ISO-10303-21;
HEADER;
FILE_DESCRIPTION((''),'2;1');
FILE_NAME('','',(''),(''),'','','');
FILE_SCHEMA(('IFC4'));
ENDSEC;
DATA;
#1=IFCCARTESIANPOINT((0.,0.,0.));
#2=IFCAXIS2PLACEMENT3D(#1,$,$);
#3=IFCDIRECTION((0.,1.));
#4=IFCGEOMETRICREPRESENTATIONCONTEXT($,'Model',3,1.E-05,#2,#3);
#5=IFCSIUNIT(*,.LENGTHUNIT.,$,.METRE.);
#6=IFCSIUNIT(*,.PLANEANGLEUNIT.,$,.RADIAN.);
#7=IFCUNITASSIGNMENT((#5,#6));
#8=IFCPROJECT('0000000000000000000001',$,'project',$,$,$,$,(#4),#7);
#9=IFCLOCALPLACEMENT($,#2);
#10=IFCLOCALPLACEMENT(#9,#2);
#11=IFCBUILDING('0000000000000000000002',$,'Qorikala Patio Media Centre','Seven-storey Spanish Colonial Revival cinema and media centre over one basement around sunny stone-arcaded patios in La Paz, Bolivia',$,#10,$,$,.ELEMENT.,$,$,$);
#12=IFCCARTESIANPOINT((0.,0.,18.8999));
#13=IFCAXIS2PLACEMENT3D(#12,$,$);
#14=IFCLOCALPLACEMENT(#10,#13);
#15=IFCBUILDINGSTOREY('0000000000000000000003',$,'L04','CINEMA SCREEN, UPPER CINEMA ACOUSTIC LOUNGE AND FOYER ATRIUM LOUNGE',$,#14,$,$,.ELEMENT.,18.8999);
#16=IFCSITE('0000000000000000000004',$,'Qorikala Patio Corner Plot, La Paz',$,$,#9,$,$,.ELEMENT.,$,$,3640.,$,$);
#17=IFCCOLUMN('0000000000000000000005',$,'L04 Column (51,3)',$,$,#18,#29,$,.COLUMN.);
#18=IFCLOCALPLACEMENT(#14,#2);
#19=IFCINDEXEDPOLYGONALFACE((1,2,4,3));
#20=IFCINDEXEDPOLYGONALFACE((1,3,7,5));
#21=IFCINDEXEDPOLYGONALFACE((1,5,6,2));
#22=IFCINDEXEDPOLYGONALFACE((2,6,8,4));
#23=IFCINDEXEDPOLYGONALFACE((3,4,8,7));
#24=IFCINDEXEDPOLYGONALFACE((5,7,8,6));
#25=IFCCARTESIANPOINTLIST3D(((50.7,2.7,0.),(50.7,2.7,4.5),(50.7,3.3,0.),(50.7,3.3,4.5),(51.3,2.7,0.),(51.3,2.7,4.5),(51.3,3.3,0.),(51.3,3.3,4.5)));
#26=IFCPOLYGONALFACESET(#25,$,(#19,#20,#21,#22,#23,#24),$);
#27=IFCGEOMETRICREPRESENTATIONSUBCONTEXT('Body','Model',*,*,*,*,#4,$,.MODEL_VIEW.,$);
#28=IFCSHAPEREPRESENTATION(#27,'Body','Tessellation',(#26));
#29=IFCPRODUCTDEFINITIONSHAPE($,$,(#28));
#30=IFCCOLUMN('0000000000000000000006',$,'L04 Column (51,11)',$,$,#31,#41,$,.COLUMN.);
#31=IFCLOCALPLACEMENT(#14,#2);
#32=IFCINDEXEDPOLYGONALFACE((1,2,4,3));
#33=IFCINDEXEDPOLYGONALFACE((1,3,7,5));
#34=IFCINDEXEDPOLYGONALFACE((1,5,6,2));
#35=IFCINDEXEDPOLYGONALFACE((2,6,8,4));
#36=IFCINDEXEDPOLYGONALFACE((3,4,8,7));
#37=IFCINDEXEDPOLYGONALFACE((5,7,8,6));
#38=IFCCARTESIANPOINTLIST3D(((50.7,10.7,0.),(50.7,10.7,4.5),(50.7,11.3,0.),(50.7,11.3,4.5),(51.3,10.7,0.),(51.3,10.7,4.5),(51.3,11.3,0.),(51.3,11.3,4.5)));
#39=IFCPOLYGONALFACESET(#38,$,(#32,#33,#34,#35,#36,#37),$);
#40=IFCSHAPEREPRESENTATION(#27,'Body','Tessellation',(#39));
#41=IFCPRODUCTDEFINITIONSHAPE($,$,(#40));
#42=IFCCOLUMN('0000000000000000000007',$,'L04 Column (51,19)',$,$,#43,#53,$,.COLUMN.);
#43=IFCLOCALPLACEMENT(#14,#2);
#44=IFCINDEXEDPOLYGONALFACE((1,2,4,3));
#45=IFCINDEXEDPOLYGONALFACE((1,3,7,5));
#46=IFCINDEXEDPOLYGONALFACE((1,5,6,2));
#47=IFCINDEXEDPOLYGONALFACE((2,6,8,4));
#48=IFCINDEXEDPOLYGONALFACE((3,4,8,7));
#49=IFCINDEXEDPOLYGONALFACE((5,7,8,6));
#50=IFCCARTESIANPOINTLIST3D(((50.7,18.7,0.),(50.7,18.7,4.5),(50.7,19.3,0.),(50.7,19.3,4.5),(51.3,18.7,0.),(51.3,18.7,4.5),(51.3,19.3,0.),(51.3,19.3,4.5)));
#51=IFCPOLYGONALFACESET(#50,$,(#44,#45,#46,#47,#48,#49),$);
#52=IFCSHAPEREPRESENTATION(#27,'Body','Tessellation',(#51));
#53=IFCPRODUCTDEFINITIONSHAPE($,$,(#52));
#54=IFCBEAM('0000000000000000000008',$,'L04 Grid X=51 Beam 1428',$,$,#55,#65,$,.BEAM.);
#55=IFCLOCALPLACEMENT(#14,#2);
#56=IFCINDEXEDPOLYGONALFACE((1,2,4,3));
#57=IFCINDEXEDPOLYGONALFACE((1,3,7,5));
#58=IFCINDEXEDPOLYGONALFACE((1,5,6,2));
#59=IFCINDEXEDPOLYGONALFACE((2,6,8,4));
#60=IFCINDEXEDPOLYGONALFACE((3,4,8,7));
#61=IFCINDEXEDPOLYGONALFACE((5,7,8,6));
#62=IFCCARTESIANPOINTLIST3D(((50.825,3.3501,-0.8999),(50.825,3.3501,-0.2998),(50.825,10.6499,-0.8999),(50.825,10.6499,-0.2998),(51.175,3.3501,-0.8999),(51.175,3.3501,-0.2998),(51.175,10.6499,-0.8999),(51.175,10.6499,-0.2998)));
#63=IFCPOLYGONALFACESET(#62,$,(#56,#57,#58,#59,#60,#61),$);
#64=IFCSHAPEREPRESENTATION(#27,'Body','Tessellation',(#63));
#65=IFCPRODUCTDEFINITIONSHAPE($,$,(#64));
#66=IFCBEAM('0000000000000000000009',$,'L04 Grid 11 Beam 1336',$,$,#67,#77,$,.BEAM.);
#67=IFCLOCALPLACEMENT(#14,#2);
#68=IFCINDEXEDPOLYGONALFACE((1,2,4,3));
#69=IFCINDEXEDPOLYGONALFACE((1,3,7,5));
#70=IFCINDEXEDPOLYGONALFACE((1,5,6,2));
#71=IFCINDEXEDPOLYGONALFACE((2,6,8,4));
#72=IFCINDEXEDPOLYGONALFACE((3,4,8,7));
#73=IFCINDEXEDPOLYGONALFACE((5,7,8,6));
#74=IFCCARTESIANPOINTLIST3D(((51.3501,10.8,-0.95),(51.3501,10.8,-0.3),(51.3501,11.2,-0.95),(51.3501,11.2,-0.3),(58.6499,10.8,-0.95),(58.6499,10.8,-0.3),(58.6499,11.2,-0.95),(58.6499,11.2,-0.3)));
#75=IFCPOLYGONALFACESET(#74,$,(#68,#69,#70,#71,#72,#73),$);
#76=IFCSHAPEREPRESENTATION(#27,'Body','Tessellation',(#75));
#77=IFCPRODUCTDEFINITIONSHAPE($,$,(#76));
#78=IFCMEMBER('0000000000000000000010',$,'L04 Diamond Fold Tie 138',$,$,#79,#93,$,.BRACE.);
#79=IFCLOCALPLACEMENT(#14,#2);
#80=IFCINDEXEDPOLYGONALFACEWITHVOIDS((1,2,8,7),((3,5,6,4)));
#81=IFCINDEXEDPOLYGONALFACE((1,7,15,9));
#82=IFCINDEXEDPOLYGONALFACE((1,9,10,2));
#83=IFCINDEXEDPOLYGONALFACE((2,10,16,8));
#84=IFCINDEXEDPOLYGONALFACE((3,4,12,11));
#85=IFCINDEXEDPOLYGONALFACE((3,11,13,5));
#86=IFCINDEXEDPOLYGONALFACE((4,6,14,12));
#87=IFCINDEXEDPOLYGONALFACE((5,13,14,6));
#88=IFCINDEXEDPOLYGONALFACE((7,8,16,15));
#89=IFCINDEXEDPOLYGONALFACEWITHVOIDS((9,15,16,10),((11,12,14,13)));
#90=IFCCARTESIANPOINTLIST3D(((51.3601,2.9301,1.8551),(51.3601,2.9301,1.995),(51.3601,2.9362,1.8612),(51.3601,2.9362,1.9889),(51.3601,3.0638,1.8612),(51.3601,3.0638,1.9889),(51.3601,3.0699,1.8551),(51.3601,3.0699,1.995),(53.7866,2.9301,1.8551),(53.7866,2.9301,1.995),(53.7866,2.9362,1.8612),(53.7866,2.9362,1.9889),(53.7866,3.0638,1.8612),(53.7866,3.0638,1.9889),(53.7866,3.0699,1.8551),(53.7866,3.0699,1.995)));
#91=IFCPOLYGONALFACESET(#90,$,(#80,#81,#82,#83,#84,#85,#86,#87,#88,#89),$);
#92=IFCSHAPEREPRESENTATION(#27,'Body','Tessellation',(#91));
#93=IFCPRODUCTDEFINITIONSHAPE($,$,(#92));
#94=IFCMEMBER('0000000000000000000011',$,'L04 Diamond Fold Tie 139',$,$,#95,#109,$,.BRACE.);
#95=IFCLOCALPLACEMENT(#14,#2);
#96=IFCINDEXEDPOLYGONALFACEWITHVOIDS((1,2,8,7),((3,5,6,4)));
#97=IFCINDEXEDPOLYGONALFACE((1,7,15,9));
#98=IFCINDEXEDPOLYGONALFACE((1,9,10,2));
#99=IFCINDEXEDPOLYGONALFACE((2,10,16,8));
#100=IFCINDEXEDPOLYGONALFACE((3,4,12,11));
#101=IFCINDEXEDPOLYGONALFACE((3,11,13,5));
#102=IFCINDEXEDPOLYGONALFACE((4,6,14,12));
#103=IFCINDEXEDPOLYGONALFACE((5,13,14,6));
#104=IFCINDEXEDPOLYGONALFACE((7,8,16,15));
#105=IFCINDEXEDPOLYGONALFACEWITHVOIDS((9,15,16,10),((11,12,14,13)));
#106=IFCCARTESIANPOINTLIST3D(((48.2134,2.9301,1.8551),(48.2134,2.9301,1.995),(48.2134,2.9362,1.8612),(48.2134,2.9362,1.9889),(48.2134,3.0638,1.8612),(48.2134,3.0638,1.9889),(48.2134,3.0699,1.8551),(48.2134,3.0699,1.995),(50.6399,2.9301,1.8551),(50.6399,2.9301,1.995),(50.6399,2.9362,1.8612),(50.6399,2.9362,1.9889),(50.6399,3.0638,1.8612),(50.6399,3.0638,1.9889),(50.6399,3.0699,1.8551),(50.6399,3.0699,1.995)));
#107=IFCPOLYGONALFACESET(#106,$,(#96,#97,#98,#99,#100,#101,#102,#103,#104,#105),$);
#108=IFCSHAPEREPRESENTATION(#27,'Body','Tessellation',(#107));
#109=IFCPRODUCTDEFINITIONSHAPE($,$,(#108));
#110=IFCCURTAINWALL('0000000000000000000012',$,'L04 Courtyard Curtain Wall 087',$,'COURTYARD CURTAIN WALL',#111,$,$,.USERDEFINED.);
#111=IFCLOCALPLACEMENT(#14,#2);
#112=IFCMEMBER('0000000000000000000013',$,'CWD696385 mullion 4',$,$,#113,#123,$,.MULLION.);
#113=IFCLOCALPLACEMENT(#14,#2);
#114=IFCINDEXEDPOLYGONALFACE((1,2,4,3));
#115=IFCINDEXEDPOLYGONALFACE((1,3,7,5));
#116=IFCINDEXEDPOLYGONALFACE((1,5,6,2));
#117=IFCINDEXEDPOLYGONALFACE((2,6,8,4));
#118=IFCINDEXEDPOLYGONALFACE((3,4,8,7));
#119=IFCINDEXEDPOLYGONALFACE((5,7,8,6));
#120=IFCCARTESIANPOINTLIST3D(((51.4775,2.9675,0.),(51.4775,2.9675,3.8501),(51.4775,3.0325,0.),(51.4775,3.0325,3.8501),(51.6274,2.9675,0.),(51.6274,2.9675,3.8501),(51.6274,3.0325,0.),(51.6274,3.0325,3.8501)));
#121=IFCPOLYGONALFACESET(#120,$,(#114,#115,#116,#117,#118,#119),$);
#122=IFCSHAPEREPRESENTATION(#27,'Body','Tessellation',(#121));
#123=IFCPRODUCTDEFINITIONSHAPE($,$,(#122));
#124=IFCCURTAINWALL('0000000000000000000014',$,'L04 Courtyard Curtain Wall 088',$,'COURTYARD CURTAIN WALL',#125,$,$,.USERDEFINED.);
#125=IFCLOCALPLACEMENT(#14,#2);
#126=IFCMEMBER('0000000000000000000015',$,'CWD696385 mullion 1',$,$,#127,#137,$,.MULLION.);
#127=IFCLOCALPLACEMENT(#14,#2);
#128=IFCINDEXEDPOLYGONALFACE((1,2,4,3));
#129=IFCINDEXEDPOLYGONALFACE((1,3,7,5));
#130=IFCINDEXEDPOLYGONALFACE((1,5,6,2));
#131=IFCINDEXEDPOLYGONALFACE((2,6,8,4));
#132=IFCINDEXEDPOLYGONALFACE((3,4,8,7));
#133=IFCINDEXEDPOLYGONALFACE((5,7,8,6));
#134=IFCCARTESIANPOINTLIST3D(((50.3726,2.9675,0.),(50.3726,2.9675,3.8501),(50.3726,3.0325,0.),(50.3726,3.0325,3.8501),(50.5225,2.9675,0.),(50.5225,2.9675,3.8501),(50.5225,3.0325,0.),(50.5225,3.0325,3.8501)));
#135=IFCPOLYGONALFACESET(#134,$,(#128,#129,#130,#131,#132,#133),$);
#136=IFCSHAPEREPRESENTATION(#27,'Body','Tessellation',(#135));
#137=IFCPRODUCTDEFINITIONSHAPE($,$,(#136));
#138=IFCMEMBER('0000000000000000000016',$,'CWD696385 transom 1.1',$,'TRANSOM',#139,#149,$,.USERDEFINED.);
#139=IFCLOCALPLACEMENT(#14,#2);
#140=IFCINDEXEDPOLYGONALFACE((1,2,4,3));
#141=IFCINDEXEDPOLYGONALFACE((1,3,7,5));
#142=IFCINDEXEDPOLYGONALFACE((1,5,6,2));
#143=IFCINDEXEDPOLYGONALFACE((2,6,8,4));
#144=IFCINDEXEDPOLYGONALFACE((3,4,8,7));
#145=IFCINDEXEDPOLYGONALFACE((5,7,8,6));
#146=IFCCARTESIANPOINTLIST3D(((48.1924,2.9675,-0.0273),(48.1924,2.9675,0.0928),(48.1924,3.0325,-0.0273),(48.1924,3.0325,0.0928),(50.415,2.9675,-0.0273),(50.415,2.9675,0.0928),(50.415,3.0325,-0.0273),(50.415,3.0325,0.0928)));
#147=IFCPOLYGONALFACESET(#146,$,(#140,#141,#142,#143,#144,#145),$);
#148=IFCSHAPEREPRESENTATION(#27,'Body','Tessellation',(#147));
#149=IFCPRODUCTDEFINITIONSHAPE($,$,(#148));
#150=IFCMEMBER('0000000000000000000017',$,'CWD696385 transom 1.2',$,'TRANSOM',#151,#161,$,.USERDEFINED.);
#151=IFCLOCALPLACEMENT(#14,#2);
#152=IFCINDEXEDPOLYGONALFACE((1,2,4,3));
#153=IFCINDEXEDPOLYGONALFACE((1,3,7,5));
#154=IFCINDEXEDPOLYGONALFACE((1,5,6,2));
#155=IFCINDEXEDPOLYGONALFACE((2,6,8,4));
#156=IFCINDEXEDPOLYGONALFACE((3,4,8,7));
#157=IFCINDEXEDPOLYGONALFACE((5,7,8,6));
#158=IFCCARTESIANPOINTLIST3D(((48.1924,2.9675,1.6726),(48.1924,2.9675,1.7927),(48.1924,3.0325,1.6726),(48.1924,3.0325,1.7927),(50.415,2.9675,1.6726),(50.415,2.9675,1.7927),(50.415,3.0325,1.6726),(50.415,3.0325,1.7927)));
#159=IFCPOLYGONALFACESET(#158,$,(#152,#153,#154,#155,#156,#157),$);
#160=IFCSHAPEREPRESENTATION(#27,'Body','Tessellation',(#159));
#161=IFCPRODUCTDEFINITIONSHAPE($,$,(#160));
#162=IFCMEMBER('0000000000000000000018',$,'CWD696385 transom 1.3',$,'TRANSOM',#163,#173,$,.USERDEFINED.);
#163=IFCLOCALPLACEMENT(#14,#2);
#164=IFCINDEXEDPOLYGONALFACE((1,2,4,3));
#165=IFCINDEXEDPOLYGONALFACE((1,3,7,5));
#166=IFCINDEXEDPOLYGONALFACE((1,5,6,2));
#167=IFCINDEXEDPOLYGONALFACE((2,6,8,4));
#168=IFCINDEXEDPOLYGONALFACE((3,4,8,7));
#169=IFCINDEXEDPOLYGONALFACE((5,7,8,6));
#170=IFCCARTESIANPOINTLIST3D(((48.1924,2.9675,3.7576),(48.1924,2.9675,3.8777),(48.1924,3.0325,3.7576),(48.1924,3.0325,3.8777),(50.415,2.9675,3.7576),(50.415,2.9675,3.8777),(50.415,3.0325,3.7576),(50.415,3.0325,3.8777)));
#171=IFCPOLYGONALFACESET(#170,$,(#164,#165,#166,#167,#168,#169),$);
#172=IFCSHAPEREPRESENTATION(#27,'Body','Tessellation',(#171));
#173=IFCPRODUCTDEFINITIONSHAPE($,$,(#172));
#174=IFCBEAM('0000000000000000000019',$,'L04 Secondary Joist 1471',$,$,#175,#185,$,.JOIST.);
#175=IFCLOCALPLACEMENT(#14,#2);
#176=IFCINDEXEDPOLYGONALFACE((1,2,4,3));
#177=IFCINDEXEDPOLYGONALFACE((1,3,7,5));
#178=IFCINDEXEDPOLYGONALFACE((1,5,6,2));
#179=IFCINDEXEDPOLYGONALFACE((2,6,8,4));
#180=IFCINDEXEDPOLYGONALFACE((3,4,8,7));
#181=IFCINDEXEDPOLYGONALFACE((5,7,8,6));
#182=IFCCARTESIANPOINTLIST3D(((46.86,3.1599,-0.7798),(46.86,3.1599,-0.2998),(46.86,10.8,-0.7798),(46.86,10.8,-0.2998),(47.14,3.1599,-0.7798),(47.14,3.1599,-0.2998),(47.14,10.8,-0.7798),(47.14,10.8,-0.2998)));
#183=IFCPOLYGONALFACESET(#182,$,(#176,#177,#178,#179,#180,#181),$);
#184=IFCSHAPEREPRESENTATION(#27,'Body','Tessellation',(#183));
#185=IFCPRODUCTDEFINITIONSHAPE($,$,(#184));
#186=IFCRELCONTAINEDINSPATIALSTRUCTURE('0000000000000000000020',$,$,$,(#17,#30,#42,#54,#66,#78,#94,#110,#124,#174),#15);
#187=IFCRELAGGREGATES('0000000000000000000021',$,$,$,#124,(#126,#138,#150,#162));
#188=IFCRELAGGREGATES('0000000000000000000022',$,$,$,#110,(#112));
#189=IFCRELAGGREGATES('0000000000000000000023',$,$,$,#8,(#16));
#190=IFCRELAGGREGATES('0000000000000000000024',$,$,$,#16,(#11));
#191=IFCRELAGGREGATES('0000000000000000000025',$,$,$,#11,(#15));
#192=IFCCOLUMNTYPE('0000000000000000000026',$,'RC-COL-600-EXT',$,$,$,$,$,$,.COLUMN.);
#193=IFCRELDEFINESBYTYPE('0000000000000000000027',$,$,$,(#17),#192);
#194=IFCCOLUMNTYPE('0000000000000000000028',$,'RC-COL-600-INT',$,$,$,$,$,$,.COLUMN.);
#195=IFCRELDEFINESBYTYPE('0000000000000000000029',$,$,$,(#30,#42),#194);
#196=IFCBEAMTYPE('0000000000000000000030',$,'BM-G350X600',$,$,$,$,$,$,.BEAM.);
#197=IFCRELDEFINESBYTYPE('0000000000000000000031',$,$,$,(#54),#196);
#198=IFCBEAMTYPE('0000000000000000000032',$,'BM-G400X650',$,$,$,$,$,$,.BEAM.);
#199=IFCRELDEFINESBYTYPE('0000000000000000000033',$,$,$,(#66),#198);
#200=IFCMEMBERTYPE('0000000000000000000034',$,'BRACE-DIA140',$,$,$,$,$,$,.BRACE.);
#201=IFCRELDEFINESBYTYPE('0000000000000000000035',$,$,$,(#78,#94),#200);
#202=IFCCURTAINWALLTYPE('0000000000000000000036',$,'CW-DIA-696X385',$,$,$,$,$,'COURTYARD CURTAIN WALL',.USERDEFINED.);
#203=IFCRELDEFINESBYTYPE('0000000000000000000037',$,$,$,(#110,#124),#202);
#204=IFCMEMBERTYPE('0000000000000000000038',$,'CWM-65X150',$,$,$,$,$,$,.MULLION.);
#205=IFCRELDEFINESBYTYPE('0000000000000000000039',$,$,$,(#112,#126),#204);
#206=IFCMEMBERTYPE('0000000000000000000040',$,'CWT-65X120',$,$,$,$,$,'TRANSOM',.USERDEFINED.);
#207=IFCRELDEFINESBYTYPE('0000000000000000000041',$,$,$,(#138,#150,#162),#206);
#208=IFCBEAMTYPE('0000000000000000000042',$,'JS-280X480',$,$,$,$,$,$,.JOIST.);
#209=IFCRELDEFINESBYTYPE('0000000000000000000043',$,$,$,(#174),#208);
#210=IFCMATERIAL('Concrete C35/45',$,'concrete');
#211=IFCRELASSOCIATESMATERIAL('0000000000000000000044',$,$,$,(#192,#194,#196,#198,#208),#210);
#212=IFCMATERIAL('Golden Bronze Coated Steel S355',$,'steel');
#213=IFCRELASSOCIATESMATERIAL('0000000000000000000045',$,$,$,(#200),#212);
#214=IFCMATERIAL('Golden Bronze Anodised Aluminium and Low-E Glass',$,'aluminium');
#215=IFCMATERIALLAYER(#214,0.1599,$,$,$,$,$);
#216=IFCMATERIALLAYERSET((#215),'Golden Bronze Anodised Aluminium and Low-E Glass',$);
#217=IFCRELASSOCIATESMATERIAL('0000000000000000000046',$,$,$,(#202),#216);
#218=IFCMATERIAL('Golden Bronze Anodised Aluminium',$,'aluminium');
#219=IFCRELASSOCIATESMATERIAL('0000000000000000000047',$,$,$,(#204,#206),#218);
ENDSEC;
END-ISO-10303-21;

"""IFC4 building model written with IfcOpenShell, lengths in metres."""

from ifc_helpers import new_model, si_unit, direction, frame, origin, origin_2d, place, context, subcontext, project, spatial, rectangle, hollow_rectangle, extrude, material, layer, layer_set, material_profile, profile_set, type_object, element, aggregate, save


model = new_model("IFC4")

# Units and contexts
model_context = context("Model", 3, precision=1e-05, world=origin(), true_north=direction((0.0, 1.0)))
body_context = subcontext(model_context, "Body", "Model", "MODEL_VIEW")
ifc_project = project(units=[si_unit("LENGTHUNIT", "METRE"), si_unit("PLANEANGLEUNIT", "RADIAN")], contexts=[model_context])

# Site, building, storey
site_placement = place(None, origin())
site = spatial("IfcSite", under=ifc_project, at=site_placement, Name="Qorikala Patio Corner Plot, La Paz", CompositionType="ELEMENT", RefElevation=3640.0)
building_placement = place(site_placement, origin())
building = spatial("IfcBuilding", under=site, at=building_placement, Name="Qorikala Patio Media Centre", Description="Seven-storey Spanish Colonial Revival cinema and media centre over one basement around sunny stone-arcaded patios in La Paz, Bolivia", CompositionType="ELEMENT")
storey_placement = place(building_placement, frame((0.0, 0.0, 18.8999)))
storey = spatial("IfcBuildingStorey", under=building, at=storey_placement, Name="L04", Description="CINEMA SCREEN, UPPER CINEMA ACOUSTIC LOUNGE AND FOYER ATRIUM LOUNGE", CompositionType="ELEMENT", Elevation=18.8999)

# Columns
ifc_material_1 = material(Name="Concrete C35/45", Category="concrete")
ifc_material_profile_1 = material_profile(ifc_material_1, rectangle(XDim=0.6001, YDim=0.6001, at=origin_2d()), Name="RC 600x600")
ifc_profile_set_1 = profile_set([ifc_material_profile_1], Name="Concrete C35/45")
column_type_1 = type_object("IfcColumnType", Name="RC-COL-600-EXT", PredefinedType="COLUMN", material=ifc_profile_set_1)
column_placement = place(storey_placement, frame((51.0, 3.0, 0.0), z_axis=(0.0, 0.0, 1.0), x_axis=(1.0, 0.0, 0.0)))
element("IfcColumn", 1, at=column_placement, inside=storey, type_object=column_type_1, Name="L04 Column (51,3)", PredefinedType="COLUMN", context=body_context, shape_type="SweptSolid", body=[
    extrude(rectangle(XDim=0.6001, YDim=0.6001, at=origin_2d()), origin(), (0.0, 0.0, 1.0), 4.5),
])
ifc_material_profile_2 = material_profile(ifc_material_1, rectangle(XDim=0.6001, YDim=0.6001, at=origin_2d()), Name="RC 600x600")
ifc_profile_set_2 = profile_set([ifc_material_profile_2], Name="Concrete C35/45")
column_type_2 = type_object("IfcColumnType", Name="RC-COL-600-INT", PredefinedType="COLUMN", material=ifc_profile_set_2)
for number, where, z_axis, x_axis, name in (
    (2, (51.0, 11.0, 0.0), (0.0, 0.0, 1.0), (1.0, 0.0, 0.0), "L04 Column (51,11)"),
    (3, (51.0, 19.0, 0.0), (0.0, 0.0, 1.0), (1.0, 0.0, 0.0), "L04 Column (51,19)"),
):
    element("IfcColumn", number, at=place(storey_placement, frame(where, z_axis=z_axis, x_axis=x_axis)), inside=storey, type_object=column_type_2, Name=name, PredefinedType="COLUMN", context=body_context, shape_type="SweptSolid", body=[
        extrude(rectangle(XDim=0.6001, YDim=0.6001, at=origin_2d()), origin(), (0.0, 0.0, 1.0), 4.5),
    ])

# Beams
ifc_material_profile_3 = material_profile(ifc_material_1, rectangle(XDim=0.3501, YDim=0.6001, at=origin_2d()), Name="RC 350x600")
ifc_profile_set_3 = profile_set([ifc_material_profile_3], Name="Concrete C35/45")
beam_type_1 = type_object("IfcBeamType", Name="BM-G350X600", PredefinedType="BEAM", material=ifc_profile_set_3)
beam_1_placement = place(storey_placement, frame((51.0, 3.3501, -0.5999), z_axis=(0.0, 1.0, 0.0), x_axis=(-1.0, 0.0, 0.0)))
element("IfcBeam", 4, at=beam_1_placement, inside=storey, type_object=beam_type_1, Name="L04 Grid X=51 Beam 1428", PredefinedType="BEAM", context=body_context, shape_type="SweptSolid", body=[
    extrude(rectangle(XDim=0.3501, YDim=0.6001, at=origin_2d()), origin(), (0.0, 0.0, 1.0), 7.2998),
])
ifc_material_profile_4 = material_profile(ifc_material_1, rectangle(XDim=0.3999, YDim=0.6499, at=origin_2d()), Name="RC 400x650")
ifc_profile_set_4 = profile_set([ifc_material_profile_4], Name="Concrete C35/45")
beam_type_2 = type_object("IfcBeamType", Name="BM-G400X650", PredefinedType="BEAM", material=ifc_profile_set_4)
beam_2_placement = place(storey_placement, frame((51.3501, 11.0, -0.625), z_axis=(1.0, 0.0, 0.0), x_axis=(0.0, 1.0, 0.0)))
element("IfcBeam", 5, at=beam_2_placement, inside=storey, type_object=beam_type_2, Name="L04 Grid 11 Beam 1336", PredefinedType="BEAM", context=body_context, shape_type="SweptSolid", body=[
    extrude(rectangle(XDim=0.3999, YDim=0.6499, at=origin_2d()), origin(), (0.0, 0.0, 1.0), 7.2998),
])

# Members
ifc_material_2 = material(Name="Golden Bronze Coated Steel S355", Category="steel")
ifc_material_profile_5 = material_profile(ifc_material_2, hollow_rectangle(XDim=0.1399, YDim=0.1399, WallThickness=0.0061, at=origin_2d()), Name="HSS140X140X6")
ifc_profile_set_5 = profile_set([ifc_material_profile_5], Name="Golden Bronze Coated Steel S355")
member_type_1 = type_object("IfcMemberType", Name="BRACE-DIA140", PredefinedType="BRACE", material=ifc_profile_set_5)
for number, where, z_axis, x_axis, name in (
    (6, (53.7866, 3.0, 1.925), (-1.0, 0.0, 0.0), (0.0, -1.0, 0.0), "L04 Diamond Fold Tie 138"),
    (7, (50.6399, 3.0, 1.925), (-1.0, 0.0, 0.0), (0.0, -1.0, 0.0), "L04 Diamond Fold Tie 139"),
):
    element("IfcMember", number, at=place(storey_placement, frame(where, z_axis=z_axis, x_axis=x_axis)), inside=storey, type_object=member_type_1, Name=name, PredefinedType="BRACE", context=body_context, shape_type="SweptSolid", body=[
        extrude(hollow_rectangle(XDim=0.1399, YDim=0.1399, WallThickness=0.0061, at=origin_2d()), origin(), (0.0, 0.0, 1.0), 2.4265),
    ])

# Curtain wall, member
ifc_material_3 = material(Name="Golden Bronze Anodised Aluminium and Low-E Glass", Category="aluminium")
ifc_layer_1 = layer(ifc_material_3, 0.1599)
ifc_layer_set_1 = layer_set([ifc_layer_1], Name="Golden Bronze Anodised Aluminium and Low-E Glass")
curtain_wall_type = type_object("IfcCurtainWallType", Name="CW-DIA-696X385", ElementType="COURTYARD CURTAIN WALL", PredefinedType="USERDEFINED", material=ifc_layer_set_1)
curtain_wall_1_placement = place(storey_placement, origin())
curtain_wall_1 = element("IfcCurtainWall", 8, at=curtain_wall_1_placement, inside=storey, type_object=curtain_wall_type, Name="L04 Courtyard Curtain Wall 087", ObjectType="COURTYARD CURTAIN WALL", PredefinedType="USERDEFINED")
ifc_material_4 = material(Name="Golden Bronze Anodised Aluminium", Category="aluminium")
ifc_material_profile_6 = material_profile(ifc_material_4, rectangle(XDim=0.0649, YDim=0.1499, at=origin_2d()), Name="ALU MULLION 65x150")
ifc_profile_set_6 = profile_set([ifc_material_profile_6], Name="Golden Bronze Anodised Aluminium")
member_type_2 = type_object("IfcMemberType", Name="CWM-65X150", PredefinedType="MULLION", material=ifc_profile_set_6)
member_1_placement = place(storey_placement, frame((51.5525, 3.0, 0.0), z_axis=(0.0, 0.0, 1.0), x_axis=(0.0, -1.0, 0.0)))
member_1 = element("IfcMember", 9, at=member_1_placement, type_object=member_type_2, Name="CWD696385 mullion 4", PredefinedType="MULLION", context=body_context, shape_type="SweptSolid", body=[
    extrude(rectangle(XDim=0.0649, YDim=0.1499, at=origin_2d()), origin(), (0.0, 0.0, 1.0), 3.8501),
])

# Curtain wall, members
curtain_wall_2_placement = place(storey_placement, origin())
curtain_wall_2 = element("IfcCurtainWall", 10, at=curtain_wall_2_placement, inside=storey, type_object=curtain_wall_type, Name="L04 Courtyard Curtain Wall 088", ObjectType="COURTYARD CURTAIN WALL", PredefinedType="USERDEFINED")
member_2_placement = place(storey_placement, frame((50.4475, 3.0, 0.0), z_axis=(0.0, 0.0, 1.0), x_axis=(0.0, -1.0, 0.0)))
member_2 = element("IfcMember", 11, at=member_2_placement, type_object=member_type_2, Name="CWD696385 mullion 1", PredefinedType="MULLION", context=body_context, shape_type="SweptSolid", body=[
    extrude(rectangle(XDim=0.0649, YDim=0.1499, at=origin_2d()), origin(), (0.0, 0.0, 1.0), 3.8501),
])
ifc_material_profile_7 = material_profile(ifc_material_4, rectangle(XDim=0.0649, YDim=0.1201, at=origin_2d()), Name="ALU TRANSOM 65x120")
ifc_profile_set_7 = profile_set([ifc_material_profile_7], Name="Golden Bronze Anodised Aluminium")
member_type_3 = type_object("IfcMemberType", Name="CWT-65X120", ElementType="TRANSOM", PredefinedType="USERDEFINED", material=ifc_profile_set_7)
member_3_placement = place(storey_placement, frame((50.415, 3.0, 0.0327), z_axis=(-1.0, 0.0, 0.0), x_axis=(0.0, -1.0, 0.0)))
member_3 = element("IfcMember", 12, at=member_3_placement, type_object=member_type_3, Name="CWD696385 transom 1.1", ObjectType="TRANSOM", PredefinedType="USERDEFINED", context=body_context, shape_type="SweptSolid", body=[
    extrude(rectangle(XDim=0.0649, YDim=0.1201, at=origin_2d()), origin(), (0.0, 0.0, 1.0), 2.2227),
])
member_4_placement = place(storey_placement, frame((50.415, 3.0, 1.7327), z_axis=(-1.0, 0.0, 0.0), x_axis=(0.0, -1.0, 0.0)))
member_4 = element("IfcMember", 13, at=member_4_placement, type_object=member_type_3, Name="CWD696385 transom 1.2", ObjectType="TRANSOM", PredefinedType="USERDEFINED", context=body_context, shape_type="SweptSolid", body=[
    extrude(rectangle(XDim=0.0649, YDim=0.1201, at=origin_2d()), origin(), (0.0, 0.0, 1.0), 2.2227),
])
member_5_placement = place(storey_placement, frame((50.415, 3.0, 3.8176), z_axis=(-1.0, 0.0, 0.0), x_axis=(0.0, -1.0, 0.0)))
member_5 = element("IfcMember", 14, at=member_5_placement, type_object=member_type_3, Name="CWD696385 transom 1.3", ObjectType="TRANSOM", PredefinedType="USERDEFINED", context=body_context, shape_type="SweptSolid", body=[
    extrude(rectangle(XDim=0.0649, YDim=0.1201, at=origin_2d()), origin(), (0.0, 0.0, 1.0), 2.2227),
])
aggregate(curtain_wall_2, [member_2, member_3, member_4, member_5])

# Beam
ifc_material_profile_8 = material_profile(ifc_material_1, rectangle(XDim=0.28, YDim=0.48, at=origin_2d()), Name="RC 280x480")
ifc_profile_set_8 = profile_set([ifc_material_profile_8], Name="Concrete C35/45")
beam_type_3 = type_object("IfcBeamType", Name="JS-280X480", PredefinedType="JOIST", material=ifc_profile_set_8)
beam_3_placement = place(storey_placement, frame((47.0, 3.1599, -0.5398), z_axis=(0.0, 1.0, 0.0), x_axis=(-1.0, 0.0, 0.0)))
element("IfcBeam", 15, at=beam_3_placement, inside=storey, type_object=beam_type_3, Name="L04 Secondary Joist 1471", PredefinedType="JOIST", context=body_context, shape_type="SweptSolid", body=[
    extrude(rectangle(XDim=0.28, YDim=0.48, at=origin_2d()), origin(), (0.0, 0.0, 1.0), 7.6401),
])

aggregate(curtain_wall_1, [member_1])

save(model, "model.ifc")
